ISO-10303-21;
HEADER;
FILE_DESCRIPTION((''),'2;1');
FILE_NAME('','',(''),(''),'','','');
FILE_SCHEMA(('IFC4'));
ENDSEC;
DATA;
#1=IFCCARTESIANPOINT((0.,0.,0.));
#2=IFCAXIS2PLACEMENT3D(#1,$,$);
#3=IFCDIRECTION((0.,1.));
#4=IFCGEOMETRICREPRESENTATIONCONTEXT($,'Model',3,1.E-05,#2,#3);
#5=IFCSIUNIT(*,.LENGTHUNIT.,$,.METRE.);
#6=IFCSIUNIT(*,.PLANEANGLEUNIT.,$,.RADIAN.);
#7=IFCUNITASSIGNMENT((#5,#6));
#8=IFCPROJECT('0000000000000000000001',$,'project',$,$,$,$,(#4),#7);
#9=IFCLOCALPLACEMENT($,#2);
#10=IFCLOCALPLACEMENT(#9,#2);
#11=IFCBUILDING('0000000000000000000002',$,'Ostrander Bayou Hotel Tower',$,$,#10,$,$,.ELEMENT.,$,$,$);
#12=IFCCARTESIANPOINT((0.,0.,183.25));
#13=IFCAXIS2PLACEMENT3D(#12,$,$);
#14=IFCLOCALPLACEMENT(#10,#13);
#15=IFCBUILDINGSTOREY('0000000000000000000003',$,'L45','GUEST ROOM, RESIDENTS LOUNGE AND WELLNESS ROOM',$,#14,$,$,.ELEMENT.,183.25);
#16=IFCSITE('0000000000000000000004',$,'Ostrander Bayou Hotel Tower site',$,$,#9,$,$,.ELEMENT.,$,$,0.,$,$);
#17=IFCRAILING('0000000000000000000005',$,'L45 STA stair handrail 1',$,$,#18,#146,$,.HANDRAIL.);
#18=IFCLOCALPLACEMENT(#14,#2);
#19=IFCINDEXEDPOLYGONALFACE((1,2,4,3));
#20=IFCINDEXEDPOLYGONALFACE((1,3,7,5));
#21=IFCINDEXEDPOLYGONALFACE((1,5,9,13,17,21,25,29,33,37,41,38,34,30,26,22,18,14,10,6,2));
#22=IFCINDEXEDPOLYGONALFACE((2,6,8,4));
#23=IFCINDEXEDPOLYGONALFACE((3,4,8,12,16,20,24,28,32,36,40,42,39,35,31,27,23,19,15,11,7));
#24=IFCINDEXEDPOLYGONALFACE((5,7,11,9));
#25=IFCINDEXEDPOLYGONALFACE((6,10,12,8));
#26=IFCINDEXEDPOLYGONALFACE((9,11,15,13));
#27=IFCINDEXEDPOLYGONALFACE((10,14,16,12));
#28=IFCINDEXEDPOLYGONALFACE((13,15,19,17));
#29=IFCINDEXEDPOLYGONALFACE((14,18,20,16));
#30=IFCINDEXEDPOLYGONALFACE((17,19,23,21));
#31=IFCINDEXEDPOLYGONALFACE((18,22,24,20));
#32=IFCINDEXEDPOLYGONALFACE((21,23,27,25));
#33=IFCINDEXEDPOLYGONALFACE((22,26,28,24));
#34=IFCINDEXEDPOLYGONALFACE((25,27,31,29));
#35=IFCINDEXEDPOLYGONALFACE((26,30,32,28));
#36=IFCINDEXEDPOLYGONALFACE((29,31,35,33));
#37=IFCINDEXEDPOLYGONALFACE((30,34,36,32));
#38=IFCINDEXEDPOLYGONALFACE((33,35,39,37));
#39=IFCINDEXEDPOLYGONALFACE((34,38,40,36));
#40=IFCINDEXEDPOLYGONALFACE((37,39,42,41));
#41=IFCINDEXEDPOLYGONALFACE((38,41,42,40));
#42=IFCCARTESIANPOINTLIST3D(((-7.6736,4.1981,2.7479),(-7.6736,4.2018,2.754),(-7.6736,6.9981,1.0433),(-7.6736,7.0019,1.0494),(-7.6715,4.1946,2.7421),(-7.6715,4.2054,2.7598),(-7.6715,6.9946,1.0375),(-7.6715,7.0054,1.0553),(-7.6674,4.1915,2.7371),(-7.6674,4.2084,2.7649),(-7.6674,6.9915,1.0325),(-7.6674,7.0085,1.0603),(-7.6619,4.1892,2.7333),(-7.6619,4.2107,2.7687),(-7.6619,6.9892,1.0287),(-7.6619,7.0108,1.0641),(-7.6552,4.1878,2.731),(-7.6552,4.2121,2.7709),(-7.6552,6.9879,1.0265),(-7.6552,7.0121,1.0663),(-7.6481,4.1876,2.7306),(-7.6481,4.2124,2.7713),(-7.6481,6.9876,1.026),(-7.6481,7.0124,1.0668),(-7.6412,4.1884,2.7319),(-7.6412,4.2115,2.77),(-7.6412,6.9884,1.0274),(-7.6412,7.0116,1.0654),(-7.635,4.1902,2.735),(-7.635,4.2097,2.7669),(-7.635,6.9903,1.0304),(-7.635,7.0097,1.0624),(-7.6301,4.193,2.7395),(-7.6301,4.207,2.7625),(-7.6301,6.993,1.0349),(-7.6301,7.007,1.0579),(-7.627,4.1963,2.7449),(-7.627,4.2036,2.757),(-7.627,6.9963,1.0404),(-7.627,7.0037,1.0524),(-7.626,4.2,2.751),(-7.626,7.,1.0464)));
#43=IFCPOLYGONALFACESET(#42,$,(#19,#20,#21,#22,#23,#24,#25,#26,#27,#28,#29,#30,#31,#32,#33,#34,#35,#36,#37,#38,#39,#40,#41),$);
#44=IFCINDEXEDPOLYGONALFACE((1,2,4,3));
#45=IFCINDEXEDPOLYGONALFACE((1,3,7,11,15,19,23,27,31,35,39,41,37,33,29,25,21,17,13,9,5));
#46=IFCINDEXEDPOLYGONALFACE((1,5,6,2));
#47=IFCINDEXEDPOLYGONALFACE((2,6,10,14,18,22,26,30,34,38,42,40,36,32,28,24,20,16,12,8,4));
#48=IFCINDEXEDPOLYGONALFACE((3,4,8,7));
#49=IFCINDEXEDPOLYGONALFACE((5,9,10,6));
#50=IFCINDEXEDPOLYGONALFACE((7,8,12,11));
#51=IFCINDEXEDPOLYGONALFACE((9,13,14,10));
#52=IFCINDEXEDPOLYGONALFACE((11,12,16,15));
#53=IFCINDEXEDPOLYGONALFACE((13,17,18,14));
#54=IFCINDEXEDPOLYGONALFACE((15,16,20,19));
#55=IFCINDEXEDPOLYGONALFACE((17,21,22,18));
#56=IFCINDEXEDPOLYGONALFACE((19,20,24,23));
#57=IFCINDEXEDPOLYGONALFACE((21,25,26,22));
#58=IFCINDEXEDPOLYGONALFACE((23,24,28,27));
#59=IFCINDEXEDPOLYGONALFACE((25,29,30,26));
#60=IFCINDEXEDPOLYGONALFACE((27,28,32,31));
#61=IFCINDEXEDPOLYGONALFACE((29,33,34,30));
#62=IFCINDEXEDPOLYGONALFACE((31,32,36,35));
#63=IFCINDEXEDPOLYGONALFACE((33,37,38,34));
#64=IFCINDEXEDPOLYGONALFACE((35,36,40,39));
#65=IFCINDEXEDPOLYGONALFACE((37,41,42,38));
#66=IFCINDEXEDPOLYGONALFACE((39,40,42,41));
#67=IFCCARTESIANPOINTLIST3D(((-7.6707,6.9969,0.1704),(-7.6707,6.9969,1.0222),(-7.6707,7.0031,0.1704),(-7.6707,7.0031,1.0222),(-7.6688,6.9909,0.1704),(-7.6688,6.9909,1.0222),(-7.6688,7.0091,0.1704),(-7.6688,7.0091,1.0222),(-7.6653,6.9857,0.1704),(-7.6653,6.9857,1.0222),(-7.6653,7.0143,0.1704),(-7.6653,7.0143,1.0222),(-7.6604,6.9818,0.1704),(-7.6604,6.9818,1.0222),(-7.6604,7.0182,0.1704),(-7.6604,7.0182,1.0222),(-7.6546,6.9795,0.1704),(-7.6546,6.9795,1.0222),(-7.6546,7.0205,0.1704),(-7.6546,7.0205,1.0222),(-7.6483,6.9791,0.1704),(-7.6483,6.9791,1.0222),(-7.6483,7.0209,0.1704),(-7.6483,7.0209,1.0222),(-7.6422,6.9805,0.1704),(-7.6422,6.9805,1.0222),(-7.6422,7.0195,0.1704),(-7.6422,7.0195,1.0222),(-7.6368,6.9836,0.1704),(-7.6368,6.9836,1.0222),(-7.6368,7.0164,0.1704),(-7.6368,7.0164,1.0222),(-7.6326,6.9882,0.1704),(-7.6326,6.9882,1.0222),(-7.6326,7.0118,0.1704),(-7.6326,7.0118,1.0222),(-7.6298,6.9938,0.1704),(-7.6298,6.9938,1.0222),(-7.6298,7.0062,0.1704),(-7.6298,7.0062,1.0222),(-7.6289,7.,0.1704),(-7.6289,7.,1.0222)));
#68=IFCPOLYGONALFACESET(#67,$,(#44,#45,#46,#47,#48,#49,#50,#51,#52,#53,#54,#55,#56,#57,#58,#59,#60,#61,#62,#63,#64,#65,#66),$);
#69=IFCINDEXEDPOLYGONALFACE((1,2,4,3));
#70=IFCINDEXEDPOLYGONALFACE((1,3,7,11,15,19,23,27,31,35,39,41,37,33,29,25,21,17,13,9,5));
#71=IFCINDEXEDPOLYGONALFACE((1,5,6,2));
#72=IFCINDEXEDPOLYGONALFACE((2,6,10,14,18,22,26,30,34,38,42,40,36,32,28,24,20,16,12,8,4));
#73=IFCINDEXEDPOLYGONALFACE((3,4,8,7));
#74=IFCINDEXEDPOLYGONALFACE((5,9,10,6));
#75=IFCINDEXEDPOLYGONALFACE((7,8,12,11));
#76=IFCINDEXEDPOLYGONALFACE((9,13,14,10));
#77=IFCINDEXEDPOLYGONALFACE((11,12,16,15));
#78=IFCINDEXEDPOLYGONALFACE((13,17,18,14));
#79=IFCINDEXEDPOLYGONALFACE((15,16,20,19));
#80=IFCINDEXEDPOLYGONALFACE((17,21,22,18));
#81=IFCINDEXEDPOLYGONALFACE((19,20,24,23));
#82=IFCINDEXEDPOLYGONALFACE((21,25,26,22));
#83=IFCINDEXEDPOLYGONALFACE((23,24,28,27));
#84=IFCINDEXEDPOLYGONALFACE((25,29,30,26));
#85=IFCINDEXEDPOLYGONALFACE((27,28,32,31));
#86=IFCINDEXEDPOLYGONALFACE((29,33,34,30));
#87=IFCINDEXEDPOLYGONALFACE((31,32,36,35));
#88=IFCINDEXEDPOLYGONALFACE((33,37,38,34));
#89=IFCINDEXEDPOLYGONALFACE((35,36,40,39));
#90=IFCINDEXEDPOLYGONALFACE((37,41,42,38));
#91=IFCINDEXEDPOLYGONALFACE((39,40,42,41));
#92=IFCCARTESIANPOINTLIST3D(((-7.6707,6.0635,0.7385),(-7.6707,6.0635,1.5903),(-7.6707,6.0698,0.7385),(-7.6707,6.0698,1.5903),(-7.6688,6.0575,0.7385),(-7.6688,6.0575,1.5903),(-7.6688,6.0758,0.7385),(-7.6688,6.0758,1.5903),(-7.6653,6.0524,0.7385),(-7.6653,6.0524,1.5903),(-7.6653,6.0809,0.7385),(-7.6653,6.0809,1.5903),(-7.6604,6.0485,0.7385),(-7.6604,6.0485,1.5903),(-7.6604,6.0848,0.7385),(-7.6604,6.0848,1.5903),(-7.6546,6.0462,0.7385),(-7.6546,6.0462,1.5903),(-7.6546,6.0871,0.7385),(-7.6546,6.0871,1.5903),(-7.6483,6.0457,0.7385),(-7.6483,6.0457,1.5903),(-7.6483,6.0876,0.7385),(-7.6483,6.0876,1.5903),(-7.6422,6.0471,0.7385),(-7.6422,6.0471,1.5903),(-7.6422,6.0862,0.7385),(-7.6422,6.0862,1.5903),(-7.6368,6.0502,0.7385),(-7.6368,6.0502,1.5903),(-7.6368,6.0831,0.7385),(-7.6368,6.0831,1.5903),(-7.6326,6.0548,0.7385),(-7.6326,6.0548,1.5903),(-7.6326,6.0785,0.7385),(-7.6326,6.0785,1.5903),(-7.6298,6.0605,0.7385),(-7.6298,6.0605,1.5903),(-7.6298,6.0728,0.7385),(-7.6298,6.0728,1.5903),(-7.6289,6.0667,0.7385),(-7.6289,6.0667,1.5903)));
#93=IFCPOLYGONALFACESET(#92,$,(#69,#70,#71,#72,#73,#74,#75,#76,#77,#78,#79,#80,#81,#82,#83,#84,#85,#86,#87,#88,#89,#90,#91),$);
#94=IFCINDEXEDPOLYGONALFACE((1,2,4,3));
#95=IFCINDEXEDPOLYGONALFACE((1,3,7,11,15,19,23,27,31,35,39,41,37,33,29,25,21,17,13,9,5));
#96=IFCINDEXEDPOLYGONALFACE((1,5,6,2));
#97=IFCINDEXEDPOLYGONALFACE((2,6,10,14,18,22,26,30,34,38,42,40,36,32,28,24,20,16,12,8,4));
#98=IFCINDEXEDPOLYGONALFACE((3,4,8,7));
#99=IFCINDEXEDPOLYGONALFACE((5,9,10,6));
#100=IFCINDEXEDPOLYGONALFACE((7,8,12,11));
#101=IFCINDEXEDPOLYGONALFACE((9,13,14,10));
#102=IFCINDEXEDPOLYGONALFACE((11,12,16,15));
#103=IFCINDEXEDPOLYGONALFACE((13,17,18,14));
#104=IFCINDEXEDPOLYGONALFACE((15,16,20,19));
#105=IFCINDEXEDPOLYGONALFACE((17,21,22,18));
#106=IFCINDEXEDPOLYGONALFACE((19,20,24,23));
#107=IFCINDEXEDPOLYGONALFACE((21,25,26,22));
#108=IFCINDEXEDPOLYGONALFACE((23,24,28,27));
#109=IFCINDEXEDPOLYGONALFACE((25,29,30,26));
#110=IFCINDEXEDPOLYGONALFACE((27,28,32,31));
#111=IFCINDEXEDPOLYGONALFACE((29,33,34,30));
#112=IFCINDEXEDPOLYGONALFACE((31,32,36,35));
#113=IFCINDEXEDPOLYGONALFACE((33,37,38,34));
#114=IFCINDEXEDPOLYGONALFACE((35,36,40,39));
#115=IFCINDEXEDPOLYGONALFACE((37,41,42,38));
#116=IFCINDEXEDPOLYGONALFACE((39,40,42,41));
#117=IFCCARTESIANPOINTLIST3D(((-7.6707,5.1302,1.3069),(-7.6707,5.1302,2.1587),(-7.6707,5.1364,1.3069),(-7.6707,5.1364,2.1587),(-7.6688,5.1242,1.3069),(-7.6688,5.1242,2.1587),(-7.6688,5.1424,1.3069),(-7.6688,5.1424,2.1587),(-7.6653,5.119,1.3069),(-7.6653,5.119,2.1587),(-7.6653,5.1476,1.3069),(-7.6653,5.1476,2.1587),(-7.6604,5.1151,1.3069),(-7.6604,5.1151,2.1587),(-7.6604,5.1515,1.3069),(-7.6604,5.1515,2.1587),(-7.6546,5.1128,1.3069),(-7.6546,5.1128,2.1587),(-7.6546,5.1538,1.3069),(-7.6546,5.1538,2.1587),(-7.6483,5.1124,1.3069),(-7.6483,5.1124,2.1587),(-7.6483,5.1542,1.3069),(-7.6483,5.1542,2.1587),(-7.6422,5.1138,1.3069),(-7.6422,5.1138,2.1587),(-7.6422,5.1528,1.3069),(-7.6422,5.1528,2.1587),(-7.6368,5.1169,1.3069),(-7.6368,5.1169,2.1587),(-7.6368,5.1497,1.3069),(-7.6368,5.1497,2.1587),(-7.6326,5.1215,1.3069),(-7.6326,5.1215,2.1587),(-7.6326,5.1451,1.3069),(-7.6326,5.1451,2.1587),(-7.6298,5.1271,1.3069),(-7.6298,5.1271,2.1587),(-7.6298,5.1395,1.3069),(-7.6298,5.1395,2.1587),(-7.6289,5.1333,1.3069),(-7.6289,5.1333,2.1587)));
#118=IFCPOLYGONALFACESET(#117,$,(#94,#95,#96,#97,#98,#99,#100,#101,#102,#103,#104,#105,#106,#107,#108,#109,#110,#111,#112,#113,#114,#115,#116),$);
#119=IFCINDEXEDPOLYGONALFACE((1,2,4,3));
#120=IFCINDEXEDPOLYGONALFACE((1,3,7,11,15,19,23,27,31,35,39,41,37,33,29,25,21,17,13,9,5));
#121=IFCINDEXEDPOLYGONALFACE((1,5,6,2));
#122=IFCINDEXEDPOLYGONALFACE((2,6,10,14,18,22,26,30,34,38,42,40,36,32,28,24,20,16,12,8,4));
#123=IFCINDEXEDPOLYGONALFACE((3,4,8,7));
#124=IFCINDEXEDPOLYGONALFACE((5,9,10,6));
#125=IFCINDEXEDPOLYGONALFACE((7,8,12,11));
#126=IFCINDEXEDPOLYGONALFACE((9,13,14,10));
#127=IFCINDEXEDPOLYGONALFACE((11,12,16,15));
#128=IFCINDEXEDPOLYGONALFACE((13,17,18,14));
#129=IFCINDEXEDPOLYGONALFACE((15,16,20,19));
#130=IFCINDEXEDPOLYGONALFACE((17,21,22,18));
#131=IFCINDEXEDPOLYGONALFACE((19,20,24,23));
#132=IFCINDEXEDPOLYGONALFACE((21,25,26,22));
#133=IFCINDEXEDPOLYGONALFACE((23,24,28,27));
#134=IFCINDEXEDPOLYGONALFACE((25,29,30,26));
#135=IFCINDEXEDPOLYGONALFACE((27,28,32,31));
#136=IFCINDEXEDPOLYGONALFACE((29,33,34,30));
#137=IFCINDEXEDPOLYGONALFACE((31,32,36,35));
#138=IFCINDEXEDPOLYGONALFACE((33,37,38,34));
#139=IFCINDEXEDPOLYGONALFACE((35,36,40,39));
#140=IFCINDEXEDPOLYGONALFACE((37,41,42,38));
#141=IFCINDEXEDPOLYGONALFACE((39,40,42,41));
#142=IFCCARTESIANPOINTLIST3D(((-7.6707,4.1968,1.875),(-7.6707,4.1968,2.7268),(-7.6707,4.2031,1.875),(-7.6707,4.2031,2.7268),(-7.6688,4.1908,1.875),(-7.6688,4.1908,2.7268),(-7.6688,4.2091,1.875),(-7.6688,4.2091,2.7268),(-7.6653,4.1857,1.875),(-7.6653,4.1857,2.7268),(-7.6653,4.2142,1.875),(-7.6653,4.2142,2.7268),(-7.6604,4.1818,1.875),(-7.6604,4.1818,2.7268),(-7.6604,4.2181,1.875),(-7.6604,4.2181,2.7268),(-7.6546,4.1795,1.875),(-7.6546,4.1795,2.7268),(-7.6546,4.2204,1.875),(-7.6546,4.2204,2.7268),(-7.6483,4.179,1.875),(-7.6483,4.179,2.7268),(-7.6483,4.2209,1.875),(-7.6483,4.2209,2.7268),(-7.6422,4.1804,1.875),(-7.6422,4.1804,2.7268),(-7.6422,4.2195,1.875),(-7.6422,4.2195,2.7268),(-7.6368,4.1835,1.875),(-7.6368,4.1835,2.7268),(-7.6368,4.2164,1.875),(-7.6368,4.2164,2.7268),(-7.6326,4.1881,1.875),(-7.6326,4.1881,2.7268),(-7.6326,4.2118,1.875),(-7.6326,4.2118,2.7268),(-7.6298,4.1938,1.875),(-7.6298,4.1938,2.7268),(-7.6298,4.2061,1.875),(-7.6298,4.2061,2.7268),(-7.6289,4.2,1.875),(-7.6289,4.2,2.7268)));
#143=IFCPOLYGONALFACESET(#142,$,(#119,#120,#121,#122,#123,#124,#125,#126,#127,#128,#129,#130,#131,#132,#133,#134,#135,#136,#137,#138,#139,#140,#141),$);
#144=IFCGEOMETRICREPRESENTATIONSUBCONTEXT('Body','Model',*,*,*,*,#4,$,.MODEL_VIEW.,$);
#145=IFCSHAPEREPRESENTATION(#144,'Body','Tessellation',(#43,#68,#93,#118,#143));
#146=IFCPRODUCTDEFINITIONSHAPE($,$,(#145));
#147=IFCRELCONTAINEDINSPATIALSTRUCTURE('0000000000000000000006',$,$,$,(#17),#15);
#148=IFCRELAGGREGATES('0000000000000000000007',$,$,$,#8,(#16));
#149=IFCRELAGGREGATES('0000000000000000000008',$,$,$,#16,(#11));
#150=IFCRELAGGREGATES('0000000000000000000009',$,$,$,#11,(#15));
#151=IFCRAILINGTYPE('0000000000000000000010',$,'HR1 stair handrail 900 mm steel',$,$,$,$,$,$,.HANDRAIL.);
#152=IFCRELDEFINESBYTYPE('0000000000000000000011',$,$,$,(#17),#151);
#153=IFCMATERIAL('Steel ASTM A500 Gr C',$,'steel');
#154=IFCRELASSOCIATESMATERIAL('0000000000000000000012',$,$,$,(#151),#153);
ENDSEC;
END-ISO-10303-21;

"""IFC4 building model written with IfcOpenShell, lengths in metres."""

from ifc_helpers import new_model, si_unit, direction, frame, origin, origin_2d, place, context, subcontext, project, spatial, circle, extrude, material, type_object, element, save


model = new_model("IFC4")

# Units and contexts
model_context = context("Model", 3, precision=1e-05, world=origin(), true_north=direction((0.0, 1.0)))
body_context = subcontext(model_context, "Body", "Model", "MODEL_VIEW")
ifc_project = project(units=[si_unit("LENGTHUNIT", "METRE"), si_unit("PLANEANGLEUNIT", "RADIAN")], contexts=[model_context])

# Site, building, storey
site_placement = place(None, origin())
site = spatial("IfcSite", under=ifc_project, at=site_placement, Name="Ostrander Bayou Hotel Tower site", CompositionType="ELEMENT", RefElevation=0.0)
building_placement = place(site_placement, origin())
building = spatial("IfcBuilding", under=site, at=building_placement, Name="Ostrander Bayou Hotel Tower", CompositionType="ELEMENT")
storey_placement = place(building_placement, frame((0.0, 0.0, 183.25)))
storey = spatial("IfcBuildingStorey", under=building, at=storey_placement, Name="L45", Description="GUEST ROOM, RESIDENTS LOUNGE AND WELLNESS ROOM", CompositionType="ELEMENT", Elevation=183.25)

# Railing
ifc_material_1 = material(Name="Steel ASTM A500 Gr C", Category="steel")
railing_type = type_object("IfcRailingType", Name="HR1 stair handrail 900 mm steel", PredefinedType="HANDRAIL", material=ifc_material_1)
railing_placement = place(storey_placement, frame((-7.6499, 7.0, 0.1704)))
element("IfcRailing", 1, at=railing_placement, inside=storey, type_object=railing_type, Name="L45 STA stair handrail 1", PredefinedType="HANDRAIL", context=body_context, shape_type="SweptSolid", body=[
    extrude(circle(Radius=0.0239, at=origin_2d()), frame((0.0, 0.0, 0.876), z_axis=(0.0, -0.85417, 0.519994), x_axis=(1.0, 0.0, 0.0)), (0.0, 0.0, 1.0), 3.2781),
    extrude(circle(Radius=0.021, at=origin_2d()), origin(), (0.0, 0.0, 1.0), 0.8518),
    extrude(circle(Radius=0.021, at=origin_2d()), frame((0.0, -0.9333, 0.5681)), (0.0, 0.0, 1.0), 0.8518),
    extrude(circle(Radius=0.021, at=origin_2d()), frame((0.0, -1.8667, 1.1365)), (0.0, 0.0, 1.0), 0.8518),
    extrude(circle(Radius=0.021, at=origin_2d()), frame((0.0, -2.8, 1.7046)), (0.0, 0.0, 1.0), 0.8518),
])

save(model, "model.ifc")
